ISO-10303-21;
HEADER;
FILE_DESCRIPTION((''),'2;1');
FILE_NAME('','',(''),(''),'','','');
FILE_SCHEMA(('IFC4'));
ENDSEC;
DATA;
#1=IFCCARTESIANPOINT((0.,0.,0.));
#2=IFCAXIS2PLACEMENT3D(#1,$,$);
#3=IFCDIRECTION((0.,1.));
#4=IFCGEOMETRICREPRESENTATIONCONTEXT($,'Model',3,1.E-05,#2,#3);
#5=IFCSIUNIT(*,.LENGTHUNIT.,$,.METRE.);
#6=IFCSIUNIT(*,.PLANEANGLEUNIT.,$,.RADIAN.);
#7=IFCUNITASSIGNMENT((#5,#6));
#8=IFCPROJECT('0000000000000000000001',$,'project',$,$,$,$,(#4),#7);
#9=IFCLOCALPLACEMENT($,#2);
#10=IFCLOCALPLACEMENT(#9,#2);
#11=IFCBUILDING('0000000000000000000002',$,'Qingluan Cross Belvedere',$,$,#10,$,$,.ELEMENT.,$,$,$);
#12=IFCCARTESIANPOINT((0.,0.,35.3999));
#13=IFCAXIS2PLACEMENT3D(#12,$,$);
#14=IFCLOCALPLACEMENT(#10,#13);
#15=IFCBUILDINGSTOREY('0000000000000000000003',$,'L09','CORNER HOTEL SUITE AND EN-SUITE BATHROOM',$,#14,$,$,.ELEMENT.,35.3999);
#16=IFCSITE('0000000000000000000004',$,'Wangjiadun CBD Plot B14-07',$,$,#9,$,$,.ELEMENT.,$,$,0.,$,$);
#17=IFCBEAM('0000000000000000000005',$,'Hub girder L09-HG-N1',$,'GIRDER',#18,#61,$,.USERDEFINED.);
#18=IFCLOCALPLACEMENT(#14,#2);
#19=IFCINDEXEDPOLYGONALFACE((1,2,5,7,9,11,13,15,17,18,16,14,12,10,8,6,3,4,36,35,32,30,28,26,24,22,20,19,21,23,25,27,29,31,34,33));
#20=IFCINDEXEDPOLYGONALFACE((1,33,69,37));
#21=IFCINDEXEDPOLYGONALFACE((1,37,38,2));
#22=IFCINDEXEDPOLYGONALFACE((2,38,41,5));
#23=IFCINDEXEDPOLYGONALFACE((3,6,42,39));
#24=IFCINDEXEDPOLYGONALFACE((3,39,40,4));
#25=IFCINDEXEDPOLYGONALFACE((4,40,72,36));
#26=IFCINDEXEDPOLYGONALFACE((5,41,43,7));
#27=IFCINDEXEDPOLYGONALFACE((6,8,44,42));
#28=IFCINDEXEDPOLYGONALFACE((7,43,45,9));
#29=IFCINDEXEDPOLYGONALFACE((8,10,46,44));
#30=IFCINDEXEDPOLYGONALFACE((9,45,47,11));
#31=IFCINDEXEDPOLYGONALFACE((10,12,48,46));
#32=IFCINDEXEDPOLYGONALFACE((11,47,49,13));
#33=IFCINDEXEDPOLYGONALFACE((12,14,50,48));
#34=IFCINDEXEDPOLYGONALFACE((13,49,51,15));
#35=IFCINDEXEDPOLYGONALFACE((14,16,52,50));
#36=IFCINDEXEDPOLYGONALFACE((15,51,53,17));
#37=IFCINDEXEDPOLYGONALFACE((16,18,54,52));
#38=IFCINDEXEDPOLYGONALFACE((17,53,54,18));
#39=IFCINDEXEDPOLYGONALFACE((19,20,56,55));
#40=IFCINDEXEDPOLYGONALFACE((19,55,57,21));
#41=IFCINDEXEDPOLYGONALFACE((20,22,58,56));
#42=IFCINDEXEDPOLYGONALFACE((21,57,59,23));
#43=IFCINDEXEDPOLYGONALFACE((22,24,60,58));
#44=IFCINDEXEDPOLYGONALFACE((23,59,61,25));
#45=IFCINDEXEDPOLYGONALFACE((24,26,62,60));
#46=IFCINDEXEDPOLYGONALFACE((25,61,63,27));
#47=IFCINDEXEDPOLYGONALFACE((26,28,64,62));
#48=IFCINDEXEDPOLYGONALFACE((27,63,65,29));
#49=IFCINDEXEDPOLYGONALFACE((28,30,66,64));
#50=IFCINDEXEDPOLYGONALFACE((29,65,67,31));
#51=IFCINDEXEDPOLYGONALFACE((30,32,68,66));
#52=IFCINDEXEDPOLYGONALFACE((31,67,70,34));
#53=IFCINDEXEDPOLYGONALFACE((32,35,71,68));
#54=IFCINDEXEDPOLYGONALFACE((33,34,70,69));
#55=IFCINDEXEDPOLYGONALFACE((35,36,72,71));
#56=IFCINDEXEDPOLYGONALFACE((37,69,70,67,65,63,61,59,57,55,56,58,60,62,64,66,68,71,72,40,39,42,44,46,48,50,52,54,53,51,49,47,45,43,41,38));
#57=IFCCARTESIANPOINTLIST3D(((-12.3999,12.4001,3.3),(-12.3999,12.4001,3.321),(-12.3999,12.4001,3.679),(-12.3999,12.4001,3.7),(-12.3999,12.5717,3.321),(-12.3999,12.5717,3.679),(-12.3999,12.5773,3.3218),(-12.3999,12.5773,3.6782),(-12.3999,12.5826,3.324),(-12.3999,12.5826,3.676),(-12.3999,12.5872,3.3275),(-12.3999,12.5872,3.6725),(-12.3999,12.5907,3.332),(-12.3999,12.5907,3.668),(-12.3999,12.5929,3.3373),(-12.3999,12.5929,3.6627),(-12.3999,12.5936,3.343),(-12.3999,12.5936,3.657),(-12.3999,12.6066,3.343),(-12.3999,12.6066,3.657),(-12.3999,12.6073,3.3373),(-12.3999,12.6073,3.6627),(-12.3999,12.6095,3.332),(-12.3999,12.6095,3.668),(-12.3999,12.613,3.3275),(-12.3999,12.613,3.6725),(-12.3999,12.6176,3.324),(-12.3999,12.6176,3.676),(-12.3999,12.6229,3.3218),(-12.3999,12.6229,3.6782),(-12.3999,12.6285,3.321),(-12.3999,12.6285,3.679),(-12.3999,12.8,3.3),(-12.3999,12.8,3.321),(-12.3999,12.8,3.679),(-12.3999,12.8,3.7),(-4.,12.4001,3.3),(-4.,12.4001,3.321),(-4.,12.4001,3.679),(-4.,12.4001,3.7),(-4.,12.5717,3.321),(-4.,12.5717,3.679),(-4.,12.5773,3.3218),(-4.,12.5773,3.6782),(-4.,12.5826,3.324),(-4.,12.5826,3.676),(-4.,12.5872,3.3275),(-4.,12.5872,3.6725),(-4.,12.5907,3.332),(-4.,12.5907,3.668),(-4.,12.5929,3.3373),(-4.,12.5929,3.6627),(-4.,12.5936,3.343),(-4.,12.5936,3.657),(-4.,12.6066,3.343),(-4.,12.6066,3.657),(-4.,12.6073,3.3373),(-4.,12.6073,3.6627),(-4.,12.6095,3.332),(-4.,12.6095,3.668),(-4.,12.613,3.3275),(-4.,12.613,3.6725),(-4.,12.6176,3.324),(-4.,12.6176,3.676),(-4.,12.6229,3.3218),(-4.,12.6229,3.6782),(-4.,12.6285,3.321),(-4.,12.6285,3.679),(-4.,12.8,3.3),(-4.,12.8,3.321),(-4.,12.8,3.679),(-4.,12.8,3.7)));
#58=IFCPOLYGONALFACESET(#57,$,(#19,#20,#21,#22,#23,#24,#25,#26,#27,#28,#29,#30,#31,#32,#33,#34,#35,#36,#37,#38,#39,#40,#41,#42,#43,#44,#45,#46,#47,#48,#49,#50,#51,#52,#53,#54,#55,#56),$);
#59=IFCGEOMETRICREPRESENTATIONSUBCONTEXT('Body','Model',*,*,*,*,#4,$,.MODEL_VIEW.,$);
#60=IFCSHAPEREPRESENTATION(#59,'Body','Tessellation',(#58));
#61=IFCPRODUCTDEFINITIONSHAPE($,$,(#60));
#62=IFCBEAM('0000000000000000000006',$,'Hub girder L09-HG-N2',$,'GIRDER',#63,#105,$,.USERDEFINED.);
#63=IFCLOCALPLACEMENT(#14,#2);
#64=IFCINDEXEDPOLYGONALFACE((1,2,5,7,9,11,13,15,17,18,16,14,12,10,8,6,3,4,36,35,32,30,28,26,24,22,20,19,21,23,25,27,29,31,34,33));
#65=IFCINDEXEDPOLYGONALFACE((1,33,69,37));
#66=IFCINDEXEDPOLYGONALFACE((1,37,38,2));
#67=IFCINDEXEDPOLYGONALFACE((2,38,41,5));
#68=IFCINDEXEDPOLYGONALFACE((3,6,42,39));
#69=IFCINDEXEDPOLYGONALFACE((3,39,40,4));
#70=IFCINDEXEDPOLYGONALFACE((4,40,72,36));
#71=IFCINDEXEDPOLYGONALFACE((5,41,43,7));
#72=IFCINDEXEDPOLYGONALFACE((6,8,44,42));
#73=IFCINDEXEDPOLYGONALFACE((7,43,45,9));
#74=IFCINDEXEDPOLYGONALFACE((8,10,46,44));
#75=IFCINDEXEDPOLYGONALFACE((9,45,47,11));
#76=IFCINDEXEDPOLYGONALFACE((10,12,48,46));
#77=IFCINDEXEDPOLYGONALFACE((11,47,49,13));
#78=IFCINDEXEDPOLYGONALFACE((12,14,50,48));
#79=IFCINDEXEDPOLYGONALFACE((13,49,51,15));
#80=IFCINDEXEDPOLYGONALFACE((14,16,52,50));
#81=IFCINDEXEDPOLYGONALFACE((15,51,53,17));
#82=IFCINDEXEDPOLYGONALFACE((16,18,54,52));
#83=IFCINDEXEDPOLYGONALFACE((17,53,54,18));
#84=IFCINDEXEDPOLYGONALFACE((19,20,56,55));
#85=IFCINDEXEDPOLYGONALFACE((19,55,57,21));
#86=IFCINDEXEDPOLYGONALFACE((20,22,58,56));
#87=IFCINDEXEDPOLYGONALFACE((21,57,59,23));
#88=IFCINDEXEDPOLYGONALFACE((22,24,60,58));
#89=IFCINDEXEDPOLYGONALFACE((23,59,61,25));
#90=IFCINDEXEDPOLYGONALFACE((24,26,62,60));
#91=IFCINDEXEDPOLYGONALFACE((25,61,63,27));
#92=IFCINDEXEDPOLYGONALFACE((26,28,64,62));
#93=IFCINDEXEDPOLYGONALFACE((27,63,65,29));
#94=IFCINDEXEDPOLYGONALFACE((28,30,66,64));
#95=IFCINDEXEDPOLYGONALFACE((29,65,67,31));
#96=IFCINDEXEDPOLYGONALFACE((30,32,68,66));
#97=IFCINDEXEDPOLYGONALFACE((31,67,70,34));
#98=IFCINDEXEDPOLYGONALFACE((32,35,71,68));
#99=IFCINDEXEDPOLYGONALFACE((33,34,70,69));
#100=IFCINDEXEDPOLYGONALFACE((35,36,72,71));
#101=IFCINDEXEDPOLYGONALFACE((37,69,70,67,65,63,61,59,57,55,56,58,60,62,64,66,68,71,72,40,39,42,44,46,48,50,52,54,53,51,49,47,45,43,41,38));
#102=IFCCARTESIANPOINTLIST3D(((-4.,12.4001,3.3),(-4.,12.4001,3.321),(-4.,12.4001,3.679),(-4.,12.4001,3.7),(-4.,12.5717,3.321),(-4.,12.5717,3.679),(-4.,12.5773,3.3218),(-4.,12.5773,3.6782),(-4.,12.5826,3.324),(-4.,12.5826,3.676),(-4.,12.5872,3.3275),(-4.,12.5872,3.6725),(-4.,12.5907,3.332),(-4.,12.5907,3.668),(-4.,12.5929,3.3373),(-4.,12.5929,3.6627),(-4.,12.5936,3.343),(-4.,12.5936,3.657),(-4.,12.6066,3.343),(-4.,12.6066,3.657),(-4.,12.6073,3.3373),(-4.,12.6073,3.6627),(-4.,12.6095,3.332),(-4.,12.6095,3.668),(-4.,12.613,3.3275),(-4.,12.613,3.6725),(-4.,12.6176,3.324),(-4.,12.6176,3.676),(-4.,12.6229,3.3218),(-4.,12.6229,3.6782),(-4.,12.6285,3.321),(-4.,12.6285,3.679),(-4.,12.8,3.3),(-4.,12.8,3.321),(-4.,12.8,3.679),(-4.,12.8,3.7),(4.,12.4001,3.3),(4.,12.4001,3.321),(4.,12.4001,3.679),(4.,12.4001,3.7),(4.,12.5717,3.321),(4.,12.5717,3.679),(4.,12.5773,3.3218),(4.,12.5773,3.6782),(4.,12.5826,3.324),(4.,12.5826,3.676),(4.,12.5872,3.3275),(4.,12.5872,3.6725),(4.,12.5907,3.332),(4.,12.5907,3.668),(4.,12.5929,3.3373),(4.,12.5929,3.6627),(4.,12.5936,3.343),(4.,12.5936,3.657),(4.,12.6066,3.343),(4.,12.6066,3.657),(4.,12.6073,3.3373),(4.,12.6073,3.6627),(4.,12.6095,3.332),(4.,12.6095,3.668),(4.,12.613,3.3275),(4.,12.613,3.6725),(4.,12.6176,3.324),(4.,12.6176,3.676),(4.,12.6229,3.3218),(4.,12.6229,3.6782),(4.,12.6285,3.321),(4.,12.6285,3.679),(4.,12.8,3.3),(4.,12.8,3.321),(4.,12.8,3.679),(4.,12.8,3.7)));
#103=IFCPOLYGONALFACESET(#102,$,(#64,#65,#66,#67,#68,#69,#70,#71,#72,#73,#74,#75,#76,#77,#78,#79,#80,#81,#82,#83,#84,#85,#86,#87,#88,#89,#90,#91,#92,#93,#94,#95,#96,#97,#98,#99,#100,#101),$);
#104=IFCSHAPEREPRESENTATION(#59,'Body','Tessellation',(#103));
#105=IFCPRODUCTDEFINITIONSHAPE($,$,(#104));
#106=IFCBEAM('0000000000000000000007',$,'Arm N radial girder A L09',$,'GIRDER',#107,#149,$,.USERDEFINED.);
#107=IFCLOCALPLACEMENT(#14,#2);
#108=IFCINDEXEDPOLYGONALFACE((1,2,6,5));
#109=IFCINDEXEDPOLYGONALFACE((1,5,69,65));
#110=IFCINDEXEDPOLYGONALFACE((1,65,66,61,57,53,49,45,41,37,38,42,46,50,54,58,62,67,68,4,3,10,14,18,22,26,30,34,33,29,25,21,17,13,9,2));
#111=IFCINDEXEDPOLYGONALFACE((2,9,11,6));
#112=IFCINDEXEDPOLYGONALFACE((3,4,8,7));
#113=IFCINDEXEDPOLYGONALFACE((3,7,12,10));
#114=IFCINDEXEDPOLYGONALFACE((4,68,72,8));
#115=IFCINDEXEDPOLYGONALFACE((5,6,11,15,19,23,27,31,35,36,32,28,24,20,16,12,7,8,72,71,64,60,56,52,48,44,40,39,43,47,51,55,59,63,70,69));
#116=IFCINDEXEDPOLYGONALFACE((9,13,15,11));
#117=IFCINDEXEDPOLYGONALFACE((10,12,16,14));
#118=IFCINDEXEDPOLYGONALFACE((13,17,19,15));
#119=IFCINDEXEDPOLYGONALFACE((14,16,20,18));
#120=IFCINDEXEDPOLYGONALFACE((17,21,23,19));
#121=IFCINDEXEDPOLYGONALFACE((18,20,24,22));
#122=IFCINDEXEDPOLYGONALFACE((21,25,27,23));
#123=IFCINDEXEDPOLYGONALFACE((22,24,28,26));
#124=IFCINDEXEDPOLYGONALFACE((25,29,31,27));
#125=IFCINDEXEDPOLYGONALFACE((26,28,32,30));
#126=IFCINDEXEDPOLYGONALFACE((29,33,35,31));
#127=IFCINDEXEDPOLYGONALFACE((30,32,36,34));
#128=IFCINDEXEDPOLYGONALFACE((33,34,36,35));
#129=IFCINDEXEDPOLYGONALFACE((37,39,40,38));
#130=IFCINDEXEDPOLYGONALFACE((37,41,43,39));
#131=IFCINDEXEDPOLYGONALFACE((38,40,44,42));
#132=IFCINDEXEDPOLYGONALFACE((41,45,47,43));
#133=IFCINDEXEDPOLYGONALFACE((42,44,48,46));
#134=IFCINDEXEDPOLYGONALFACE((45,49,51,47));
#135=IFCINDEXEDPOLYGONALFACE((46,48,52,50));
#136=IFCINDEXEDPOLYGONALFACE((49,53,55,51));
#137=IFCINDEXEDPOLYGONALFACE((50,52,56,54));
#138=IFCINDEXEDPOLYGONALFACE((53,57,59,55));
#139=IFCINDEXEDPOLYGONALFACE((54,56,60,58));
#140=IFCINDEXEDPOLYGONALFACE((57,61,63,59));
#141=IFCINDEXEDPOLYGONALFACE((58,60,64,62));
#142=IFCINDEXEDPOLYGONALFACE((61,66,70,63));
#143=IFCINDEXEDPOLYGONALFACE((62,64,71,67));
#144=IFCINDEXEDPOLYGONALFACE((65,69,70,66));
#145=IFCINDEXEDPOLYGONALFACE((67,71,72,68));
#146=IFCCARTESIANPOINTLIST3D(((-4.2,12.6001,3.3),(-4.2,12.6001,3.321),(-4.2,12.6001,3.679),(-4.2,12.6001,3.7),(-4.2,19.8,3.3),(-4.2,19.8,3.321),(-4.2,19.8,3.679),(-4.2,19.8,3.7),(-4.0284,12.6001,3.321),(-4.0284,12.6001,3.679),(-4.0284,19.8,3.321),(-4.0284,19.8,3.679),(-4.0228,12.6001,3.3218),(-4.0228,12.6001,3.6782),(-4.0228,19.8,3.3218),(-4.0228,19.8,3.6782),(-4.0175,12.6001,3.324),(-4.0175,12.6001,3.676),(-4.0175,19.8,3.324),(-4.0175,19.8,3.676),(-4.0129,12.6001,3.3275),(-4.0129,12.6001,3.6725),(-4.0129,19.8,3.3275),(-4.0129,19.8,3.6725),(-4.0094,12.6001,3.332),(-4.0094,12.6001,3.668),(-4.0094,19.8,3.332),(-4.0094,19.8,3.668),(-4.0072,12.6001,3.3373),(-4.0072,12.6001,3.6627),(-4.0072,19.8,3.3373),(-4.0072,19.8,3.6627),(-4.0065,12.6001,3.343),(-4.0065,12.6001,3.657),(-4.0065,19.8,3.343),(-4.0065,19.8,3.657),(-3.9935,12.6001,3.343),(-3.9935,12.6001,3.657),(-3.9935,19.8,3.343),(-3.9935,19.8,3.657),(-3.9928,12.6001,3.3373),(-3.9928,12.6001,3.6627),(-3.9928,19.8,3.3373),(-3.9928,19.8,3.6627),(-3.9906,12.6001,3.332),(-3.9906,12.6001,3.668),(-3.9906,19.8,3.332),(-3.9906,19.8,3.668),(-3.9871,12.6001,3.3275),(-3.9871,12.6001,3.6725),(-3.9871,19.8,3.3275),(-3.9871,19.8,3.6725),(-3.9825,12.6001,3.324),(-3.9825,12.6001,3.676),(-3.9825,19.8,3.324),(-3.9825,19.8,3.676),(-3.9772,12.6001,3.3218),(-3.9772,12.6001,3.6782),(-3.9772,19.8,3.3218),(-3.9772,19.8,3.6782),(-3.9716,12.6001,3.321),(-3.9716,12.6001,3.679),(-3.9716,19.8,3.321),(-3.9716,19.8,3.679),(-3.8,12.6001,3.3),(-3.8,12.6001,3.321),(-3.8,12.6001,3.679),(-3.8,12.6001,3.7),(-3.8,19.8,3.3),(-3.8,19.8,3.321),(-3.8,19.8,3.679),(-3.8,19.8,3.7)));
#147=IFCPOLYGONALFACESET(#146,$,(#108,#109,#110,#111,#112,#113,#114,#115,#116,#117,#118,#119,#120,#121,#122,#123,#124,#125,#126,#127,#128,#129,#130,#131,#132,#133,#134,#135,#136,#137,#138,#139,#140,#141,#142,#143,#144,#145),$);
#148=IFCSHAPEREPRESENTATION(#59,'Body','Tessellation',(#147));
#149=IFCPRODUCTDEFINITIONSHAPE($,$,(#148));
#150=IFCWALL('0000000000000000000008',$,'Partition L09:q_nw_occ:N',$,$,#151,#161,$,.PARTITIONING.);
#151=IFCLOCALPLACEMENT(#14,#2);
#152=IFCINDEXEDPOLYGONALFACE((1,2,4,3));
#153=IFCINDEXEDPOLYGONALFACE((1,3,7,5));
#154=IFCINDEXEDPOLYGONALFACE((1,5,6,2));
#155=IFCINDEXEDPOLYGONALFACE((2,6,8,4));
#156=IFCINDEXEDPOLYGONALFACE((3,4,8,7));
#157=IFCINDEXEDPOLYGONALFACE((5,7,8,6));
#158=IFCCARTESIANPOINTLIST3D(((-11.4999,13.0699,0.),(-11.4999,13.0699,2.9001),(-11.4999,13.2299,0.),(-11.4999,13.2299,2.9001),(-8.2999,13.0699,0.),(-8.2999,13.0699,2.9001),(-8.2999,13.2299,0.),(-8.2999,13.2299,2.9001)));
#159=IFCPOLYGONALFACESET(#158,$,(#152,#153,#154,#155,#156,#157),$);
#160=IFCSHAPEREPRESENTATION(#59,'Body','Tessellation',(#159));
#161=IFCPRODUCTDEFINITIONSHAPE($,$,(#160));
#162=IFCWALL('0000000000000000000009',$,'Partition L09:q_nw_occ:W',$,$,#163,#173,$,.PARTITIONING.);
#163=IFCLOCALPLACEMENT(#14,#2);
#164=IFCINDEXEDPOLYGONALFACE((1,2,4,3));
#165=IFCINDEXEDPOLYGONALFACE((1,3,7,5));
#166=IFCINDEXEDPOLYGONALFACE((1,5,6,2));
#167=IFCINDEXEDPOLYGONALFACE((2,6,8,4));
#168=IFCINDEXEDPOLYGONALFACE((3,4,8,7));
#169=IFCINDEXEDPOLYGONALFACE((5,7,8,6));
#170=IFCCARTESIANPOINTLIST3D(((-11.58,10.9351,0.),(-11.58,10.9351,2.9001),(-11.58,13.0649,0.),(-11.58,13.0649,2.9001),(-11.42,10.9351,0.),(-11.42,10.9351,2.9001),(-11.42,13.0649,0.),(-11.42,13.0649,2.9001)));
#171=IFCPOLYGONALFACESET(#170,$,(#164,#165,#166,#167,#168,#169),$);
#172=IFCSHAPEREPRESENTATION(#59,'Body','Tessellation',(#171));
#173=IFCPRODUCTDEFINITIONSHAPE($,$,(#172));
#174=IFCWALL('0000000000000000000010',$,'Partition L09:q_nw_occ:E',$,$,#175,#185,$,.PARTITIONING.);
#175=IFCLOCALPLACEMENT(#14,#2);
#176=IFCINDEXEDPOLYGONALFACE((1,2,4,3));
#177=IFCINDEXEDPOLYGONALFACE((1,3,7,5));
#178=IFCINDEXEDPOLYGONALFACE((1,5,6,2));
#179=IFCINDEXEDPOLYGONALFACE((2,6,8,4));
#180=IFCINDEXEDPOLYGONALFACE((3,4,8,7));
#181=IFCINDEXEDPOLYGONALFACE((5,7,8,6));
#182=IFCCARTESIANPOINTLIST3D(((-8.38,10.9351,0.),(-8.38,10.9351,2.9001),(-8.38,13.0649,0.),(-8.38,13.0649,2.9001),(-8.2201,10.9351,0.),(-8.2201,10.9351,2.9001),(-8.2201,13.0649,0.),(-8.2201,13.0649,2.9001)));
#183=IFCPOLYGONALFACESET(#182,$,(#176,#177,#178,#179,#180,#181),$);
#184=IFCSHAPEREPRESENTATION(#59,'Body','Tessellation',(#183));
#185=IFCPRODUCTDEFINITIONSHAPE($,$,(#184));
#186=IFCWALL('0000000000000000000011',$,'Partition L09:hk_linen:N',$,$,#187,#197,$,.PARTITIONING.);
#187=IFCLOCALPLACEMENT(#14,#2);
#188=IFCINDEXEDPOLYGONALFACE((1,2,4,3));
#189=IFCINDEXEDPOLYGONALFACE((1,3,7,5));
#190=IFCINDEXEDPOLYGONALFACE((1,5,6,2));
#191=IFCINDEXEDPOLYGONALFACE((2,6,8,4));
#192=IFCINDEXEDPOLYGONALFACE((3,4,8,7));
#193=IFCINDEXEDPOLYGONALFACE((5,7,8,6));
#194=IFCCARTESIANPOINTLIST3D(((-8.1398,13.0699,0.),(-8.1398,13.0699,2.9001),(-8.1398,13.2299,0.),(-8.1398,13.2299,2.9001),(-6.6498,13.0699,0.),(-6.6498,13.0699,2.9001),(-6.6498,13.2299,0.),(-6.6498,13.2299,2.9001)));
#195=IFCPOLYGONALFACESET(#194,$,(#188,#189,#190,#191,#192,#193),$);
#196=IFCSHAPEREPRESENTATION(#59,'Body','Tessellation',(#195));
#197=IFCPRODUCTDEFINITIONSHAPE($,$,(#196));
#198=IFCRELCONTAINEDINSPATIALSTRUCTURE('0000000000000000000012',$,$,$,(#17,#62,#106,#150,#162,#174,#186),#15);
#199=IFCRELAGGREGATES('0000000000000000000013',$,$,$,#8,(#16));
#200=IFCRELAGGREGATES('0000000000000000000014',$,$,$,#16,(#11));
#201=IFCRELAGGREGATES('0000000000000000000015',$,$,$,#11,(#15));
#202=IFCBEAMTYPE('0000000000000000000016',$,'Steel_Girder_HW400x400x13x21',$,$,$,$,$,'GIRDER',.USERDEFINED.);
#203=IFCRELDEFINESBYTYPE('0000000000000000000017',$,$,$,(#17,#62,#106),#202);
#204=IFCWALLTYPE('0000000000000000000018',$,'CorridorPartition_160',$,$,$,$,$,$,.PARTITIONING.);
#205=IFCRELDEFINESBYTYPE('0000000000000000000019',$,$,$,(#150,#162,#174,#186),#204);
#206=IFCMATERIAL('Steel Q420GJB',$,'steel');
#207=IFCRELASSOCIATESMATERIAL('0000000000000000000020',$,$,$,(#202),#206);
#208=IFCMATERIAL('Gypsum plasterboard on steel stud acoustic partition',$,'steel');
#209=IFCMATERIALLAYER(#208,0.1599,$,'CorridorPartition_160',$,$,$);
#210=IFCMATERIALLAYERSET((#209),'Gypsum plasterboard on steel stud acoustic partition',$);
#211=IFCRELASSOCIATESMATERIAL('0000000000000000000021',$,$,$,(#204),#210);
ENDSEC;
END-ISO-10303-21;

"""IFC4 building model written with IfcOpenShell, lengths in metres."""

from ifc_helpers import new_model, si_unit, direction, frame, frame_2d, origin, origin_2d, place, context, subcontext, project, spatial, rectangle, i_section, extrude, material, layer, layer_set, material_profile, profile_set, type_object, element, save


model = new_model("IFC4")

# Units and contexts
model_context = context("Model", 3, precision=1e-05, world=origin(), true_north=direction((0.0, 1.0)))
body_context = subcontext(model_context, "Body", "Model", "MODEL_VIEW")
ifc_project = project(units=[si_unit("LENGTHUNIT", "METRE"), si_unit("PLANEANGLEUNIT", "RADIAN")], contexts=[model_context])

# Site, building, storey
site_placement = place(None, origin())
site = spatial("IfcSite", under=ifc_project, at=site_placement, Name="Wangjiadun CBD Plot B14-07", CompositionType="ELEMENT", RefElevation=0.0)
building_placement = place(site_placement, origin())
building = spatial("IfcBuilding", under=site, at=building_placement, Name="Qingluan Cross Belvedere", CompositionType="ELEMENT")
storey_placement = place(building_placement, frame((0.0, 0.0, 35.3999)))
storey = spatial("IfcBuildingStorey", under=building, at=storey_placement, Name="L09", Description="CORNER HOTEL SUITE AND EN-SUITE BATHROOM", CompositionType="ELEMENT", Elevation=35.3999)

# Beams
ifc_material_1 = material(Name="Steel Q420GJB", Category="steel")
ifc_material_profile_1 = material_profile(ifc_material_1, i_section(OverallWidth=0.3999, OverallDepth=0.3999, WebThickness=0.0129, FlangeThickness=0.021, FilletRadius=0.022, at=origin_2d()), Name="HW400x400x13x21")
ifc_profile_set_1 = profile_set([ifc_material_profile_1], Name="Steel Q420GJB")
beam_type_1 = type_object("IfcBeamType", Name="Steel_Girder_HW400x400x13x21", ElementType="GIRDER", PredefinedType="USERDEFINED", material=ifc_profile_set_1)
beam_1_placement = place(storey_placement, frame((-12.3999, 12.6001, 3.5), z_axis=(1.0, 0.0, 0.0), x_axis=(0.0, 1.0, 0.0)))
element("IfcBeam", 1, at=beam_1_placement, inside=storey, type_object=beam_type_1, Name="Hub girder L09-HG-N1", ObjectType="GIRDER", PredefinedType="USERDEFINED", context=body_context, shape_type="SweptSolid", body=[
    extrude(i_section(OverallWidth=0.3999, OverallDepth=0.3999, WebThickness=0.0129, FlangeThickness=0.021, FilletRadius=0.022, at=origin_2d()), origin(), (0.0, 0.0, 1.0), 8.3999),
])
beam_2_placement = place(storey_placement, frame((-4.0, 12.6001, 3.5), z_axis=(1.0, 0.0, 0.0), x_axis=(0.0, 1.0, 0.0)))
element("IfcBeam", 2, at=beam_2_placement, inside=storey, type_object=beam_type_1, Name="Hub girder L09-HG-N2", ObjectType="GIRDER", PredefinedType="USERDEFINED", context=body_context, shape_type="SweptSolid", body=[
    extrude(i_section(OverallWidth=0.3999, OverallDepth=0.3999, WebThickness=0.0129, FlangeThickness=0.021, FilletRadius=0.022, at=origin_2d()), origin(), (0.0, 0.0, 1.0), 8.0),
])
beam_3_placement = place(storey_placement, frame((-4.0, 12.6001, 3.5), z_axis=(0.0, 1.0, 0.0), x_axis=(-1.0, 0.0, 0.0)))
element("IfcBeam", 3, at=beam_3_placement, inside=storey, type_object=beam_type_1, Name="Arm N radial girder A L09", ObjectType="GIRDER", PredefinedType="USERDEFINED", context=body_context, shape_type="SweptSolid", body=[
    extrude(i_section(OverallWidth=0.3999, OverallDepth=0.3999, WebThickness=0.0129, FlangeThickness=0.021, FilletRadius=0.022, at=origin_2d()), origin(), (0.0, 0.0, 1.0), 7.2),
])

# Walls
ifc_material_2 = material(Name="Gypsum plasterboard on steel stud acoustic partition", Category="steel")
ifc_layer_1 = layer(ifc_material_2, 0.1599, Name="CorridorPartition_160")
ifc_layer_set_1 = layer_set([ifc_layer_1], Name="Gypsum plasterboard on steel stud acoustic partition")
wall_type_1 = type_object("IfcWallType", Name="CorridorPartition_160", PredefinedType="PARTITIONING", material=ifc_layer_set_1)
wall_1_placement = place(storey_placement, frame((-11.5, 13.1499, 0.0), z_axis=(0.0, 0.0, 1.0), x_axis=(1.0, 0.0, 0.0)))
element("IfcWall", 4, at=wall_1_placement, inside=storey, type_object=wall_type_1, Name="Partition L09:q_nw_occ:N", PredefinedType="PARTITIONING", context=body_context, shape_type="SweptSolid", body=[
    extrude(rectangle(XDim=3.2, YDim=0.1599, at=frame_2d((1.6001, 0.0))), origin(), (0.0, 0.0, 1.0), 2.9001),
])
for number, where, z_axis, x_axis, name in (
    (5, (-11.5, 10.9351, 0.0), (0.0, 0.0, 1.0), (0.0, 1.0, 0.0), "Partition L09:q_nw_occ:W"),
    (6, (-8.3, 10.9351, 0.0), (0.0, 0.0, 1.0), (0.0, 1.0, 0.0), "Partition L09:q_nw_occ:E"),
):
    element("IfcWall", number, at=place(storey_placement, frame(where, z_axis=z_axis, x_axis=x_axis)), inside=storey, type_object=wall_type_1, Name=name, PredefinedType="PARTITIONING", context=body_context, shape_type="SweptSolid", body=[
        extrude(rectangle(XDim=2.1299, YDim=0.1599, at=frame_2d((1.0649, 0.0))), origin(), (0.0, 0.0, 1.0), 2.9001),
    ])
wall_2_placement = place(storey_placement, frame((-8.1399, 13.1499, 0.0), z_axis=(0.0, 0.0, 1.0), x_axis=(1.0, 0.0, 0.0)))
element("IfcWall", 7, at=wall_2_placement, inside=storey, type_object=wall_type_1, Name="Partition L09:hk_linen:N", PredefinedType="PARTITIONING", context=body_context, shape_type="SweptSolid", body=[
    extrude(rectangle(XDim=1.49, YDim=0.1599, at=frame_2d((0.7451, 0.0))), origin(), (0.0, 0.0, 1.0), 2.9001),
])

save(model, "model.ifc")
